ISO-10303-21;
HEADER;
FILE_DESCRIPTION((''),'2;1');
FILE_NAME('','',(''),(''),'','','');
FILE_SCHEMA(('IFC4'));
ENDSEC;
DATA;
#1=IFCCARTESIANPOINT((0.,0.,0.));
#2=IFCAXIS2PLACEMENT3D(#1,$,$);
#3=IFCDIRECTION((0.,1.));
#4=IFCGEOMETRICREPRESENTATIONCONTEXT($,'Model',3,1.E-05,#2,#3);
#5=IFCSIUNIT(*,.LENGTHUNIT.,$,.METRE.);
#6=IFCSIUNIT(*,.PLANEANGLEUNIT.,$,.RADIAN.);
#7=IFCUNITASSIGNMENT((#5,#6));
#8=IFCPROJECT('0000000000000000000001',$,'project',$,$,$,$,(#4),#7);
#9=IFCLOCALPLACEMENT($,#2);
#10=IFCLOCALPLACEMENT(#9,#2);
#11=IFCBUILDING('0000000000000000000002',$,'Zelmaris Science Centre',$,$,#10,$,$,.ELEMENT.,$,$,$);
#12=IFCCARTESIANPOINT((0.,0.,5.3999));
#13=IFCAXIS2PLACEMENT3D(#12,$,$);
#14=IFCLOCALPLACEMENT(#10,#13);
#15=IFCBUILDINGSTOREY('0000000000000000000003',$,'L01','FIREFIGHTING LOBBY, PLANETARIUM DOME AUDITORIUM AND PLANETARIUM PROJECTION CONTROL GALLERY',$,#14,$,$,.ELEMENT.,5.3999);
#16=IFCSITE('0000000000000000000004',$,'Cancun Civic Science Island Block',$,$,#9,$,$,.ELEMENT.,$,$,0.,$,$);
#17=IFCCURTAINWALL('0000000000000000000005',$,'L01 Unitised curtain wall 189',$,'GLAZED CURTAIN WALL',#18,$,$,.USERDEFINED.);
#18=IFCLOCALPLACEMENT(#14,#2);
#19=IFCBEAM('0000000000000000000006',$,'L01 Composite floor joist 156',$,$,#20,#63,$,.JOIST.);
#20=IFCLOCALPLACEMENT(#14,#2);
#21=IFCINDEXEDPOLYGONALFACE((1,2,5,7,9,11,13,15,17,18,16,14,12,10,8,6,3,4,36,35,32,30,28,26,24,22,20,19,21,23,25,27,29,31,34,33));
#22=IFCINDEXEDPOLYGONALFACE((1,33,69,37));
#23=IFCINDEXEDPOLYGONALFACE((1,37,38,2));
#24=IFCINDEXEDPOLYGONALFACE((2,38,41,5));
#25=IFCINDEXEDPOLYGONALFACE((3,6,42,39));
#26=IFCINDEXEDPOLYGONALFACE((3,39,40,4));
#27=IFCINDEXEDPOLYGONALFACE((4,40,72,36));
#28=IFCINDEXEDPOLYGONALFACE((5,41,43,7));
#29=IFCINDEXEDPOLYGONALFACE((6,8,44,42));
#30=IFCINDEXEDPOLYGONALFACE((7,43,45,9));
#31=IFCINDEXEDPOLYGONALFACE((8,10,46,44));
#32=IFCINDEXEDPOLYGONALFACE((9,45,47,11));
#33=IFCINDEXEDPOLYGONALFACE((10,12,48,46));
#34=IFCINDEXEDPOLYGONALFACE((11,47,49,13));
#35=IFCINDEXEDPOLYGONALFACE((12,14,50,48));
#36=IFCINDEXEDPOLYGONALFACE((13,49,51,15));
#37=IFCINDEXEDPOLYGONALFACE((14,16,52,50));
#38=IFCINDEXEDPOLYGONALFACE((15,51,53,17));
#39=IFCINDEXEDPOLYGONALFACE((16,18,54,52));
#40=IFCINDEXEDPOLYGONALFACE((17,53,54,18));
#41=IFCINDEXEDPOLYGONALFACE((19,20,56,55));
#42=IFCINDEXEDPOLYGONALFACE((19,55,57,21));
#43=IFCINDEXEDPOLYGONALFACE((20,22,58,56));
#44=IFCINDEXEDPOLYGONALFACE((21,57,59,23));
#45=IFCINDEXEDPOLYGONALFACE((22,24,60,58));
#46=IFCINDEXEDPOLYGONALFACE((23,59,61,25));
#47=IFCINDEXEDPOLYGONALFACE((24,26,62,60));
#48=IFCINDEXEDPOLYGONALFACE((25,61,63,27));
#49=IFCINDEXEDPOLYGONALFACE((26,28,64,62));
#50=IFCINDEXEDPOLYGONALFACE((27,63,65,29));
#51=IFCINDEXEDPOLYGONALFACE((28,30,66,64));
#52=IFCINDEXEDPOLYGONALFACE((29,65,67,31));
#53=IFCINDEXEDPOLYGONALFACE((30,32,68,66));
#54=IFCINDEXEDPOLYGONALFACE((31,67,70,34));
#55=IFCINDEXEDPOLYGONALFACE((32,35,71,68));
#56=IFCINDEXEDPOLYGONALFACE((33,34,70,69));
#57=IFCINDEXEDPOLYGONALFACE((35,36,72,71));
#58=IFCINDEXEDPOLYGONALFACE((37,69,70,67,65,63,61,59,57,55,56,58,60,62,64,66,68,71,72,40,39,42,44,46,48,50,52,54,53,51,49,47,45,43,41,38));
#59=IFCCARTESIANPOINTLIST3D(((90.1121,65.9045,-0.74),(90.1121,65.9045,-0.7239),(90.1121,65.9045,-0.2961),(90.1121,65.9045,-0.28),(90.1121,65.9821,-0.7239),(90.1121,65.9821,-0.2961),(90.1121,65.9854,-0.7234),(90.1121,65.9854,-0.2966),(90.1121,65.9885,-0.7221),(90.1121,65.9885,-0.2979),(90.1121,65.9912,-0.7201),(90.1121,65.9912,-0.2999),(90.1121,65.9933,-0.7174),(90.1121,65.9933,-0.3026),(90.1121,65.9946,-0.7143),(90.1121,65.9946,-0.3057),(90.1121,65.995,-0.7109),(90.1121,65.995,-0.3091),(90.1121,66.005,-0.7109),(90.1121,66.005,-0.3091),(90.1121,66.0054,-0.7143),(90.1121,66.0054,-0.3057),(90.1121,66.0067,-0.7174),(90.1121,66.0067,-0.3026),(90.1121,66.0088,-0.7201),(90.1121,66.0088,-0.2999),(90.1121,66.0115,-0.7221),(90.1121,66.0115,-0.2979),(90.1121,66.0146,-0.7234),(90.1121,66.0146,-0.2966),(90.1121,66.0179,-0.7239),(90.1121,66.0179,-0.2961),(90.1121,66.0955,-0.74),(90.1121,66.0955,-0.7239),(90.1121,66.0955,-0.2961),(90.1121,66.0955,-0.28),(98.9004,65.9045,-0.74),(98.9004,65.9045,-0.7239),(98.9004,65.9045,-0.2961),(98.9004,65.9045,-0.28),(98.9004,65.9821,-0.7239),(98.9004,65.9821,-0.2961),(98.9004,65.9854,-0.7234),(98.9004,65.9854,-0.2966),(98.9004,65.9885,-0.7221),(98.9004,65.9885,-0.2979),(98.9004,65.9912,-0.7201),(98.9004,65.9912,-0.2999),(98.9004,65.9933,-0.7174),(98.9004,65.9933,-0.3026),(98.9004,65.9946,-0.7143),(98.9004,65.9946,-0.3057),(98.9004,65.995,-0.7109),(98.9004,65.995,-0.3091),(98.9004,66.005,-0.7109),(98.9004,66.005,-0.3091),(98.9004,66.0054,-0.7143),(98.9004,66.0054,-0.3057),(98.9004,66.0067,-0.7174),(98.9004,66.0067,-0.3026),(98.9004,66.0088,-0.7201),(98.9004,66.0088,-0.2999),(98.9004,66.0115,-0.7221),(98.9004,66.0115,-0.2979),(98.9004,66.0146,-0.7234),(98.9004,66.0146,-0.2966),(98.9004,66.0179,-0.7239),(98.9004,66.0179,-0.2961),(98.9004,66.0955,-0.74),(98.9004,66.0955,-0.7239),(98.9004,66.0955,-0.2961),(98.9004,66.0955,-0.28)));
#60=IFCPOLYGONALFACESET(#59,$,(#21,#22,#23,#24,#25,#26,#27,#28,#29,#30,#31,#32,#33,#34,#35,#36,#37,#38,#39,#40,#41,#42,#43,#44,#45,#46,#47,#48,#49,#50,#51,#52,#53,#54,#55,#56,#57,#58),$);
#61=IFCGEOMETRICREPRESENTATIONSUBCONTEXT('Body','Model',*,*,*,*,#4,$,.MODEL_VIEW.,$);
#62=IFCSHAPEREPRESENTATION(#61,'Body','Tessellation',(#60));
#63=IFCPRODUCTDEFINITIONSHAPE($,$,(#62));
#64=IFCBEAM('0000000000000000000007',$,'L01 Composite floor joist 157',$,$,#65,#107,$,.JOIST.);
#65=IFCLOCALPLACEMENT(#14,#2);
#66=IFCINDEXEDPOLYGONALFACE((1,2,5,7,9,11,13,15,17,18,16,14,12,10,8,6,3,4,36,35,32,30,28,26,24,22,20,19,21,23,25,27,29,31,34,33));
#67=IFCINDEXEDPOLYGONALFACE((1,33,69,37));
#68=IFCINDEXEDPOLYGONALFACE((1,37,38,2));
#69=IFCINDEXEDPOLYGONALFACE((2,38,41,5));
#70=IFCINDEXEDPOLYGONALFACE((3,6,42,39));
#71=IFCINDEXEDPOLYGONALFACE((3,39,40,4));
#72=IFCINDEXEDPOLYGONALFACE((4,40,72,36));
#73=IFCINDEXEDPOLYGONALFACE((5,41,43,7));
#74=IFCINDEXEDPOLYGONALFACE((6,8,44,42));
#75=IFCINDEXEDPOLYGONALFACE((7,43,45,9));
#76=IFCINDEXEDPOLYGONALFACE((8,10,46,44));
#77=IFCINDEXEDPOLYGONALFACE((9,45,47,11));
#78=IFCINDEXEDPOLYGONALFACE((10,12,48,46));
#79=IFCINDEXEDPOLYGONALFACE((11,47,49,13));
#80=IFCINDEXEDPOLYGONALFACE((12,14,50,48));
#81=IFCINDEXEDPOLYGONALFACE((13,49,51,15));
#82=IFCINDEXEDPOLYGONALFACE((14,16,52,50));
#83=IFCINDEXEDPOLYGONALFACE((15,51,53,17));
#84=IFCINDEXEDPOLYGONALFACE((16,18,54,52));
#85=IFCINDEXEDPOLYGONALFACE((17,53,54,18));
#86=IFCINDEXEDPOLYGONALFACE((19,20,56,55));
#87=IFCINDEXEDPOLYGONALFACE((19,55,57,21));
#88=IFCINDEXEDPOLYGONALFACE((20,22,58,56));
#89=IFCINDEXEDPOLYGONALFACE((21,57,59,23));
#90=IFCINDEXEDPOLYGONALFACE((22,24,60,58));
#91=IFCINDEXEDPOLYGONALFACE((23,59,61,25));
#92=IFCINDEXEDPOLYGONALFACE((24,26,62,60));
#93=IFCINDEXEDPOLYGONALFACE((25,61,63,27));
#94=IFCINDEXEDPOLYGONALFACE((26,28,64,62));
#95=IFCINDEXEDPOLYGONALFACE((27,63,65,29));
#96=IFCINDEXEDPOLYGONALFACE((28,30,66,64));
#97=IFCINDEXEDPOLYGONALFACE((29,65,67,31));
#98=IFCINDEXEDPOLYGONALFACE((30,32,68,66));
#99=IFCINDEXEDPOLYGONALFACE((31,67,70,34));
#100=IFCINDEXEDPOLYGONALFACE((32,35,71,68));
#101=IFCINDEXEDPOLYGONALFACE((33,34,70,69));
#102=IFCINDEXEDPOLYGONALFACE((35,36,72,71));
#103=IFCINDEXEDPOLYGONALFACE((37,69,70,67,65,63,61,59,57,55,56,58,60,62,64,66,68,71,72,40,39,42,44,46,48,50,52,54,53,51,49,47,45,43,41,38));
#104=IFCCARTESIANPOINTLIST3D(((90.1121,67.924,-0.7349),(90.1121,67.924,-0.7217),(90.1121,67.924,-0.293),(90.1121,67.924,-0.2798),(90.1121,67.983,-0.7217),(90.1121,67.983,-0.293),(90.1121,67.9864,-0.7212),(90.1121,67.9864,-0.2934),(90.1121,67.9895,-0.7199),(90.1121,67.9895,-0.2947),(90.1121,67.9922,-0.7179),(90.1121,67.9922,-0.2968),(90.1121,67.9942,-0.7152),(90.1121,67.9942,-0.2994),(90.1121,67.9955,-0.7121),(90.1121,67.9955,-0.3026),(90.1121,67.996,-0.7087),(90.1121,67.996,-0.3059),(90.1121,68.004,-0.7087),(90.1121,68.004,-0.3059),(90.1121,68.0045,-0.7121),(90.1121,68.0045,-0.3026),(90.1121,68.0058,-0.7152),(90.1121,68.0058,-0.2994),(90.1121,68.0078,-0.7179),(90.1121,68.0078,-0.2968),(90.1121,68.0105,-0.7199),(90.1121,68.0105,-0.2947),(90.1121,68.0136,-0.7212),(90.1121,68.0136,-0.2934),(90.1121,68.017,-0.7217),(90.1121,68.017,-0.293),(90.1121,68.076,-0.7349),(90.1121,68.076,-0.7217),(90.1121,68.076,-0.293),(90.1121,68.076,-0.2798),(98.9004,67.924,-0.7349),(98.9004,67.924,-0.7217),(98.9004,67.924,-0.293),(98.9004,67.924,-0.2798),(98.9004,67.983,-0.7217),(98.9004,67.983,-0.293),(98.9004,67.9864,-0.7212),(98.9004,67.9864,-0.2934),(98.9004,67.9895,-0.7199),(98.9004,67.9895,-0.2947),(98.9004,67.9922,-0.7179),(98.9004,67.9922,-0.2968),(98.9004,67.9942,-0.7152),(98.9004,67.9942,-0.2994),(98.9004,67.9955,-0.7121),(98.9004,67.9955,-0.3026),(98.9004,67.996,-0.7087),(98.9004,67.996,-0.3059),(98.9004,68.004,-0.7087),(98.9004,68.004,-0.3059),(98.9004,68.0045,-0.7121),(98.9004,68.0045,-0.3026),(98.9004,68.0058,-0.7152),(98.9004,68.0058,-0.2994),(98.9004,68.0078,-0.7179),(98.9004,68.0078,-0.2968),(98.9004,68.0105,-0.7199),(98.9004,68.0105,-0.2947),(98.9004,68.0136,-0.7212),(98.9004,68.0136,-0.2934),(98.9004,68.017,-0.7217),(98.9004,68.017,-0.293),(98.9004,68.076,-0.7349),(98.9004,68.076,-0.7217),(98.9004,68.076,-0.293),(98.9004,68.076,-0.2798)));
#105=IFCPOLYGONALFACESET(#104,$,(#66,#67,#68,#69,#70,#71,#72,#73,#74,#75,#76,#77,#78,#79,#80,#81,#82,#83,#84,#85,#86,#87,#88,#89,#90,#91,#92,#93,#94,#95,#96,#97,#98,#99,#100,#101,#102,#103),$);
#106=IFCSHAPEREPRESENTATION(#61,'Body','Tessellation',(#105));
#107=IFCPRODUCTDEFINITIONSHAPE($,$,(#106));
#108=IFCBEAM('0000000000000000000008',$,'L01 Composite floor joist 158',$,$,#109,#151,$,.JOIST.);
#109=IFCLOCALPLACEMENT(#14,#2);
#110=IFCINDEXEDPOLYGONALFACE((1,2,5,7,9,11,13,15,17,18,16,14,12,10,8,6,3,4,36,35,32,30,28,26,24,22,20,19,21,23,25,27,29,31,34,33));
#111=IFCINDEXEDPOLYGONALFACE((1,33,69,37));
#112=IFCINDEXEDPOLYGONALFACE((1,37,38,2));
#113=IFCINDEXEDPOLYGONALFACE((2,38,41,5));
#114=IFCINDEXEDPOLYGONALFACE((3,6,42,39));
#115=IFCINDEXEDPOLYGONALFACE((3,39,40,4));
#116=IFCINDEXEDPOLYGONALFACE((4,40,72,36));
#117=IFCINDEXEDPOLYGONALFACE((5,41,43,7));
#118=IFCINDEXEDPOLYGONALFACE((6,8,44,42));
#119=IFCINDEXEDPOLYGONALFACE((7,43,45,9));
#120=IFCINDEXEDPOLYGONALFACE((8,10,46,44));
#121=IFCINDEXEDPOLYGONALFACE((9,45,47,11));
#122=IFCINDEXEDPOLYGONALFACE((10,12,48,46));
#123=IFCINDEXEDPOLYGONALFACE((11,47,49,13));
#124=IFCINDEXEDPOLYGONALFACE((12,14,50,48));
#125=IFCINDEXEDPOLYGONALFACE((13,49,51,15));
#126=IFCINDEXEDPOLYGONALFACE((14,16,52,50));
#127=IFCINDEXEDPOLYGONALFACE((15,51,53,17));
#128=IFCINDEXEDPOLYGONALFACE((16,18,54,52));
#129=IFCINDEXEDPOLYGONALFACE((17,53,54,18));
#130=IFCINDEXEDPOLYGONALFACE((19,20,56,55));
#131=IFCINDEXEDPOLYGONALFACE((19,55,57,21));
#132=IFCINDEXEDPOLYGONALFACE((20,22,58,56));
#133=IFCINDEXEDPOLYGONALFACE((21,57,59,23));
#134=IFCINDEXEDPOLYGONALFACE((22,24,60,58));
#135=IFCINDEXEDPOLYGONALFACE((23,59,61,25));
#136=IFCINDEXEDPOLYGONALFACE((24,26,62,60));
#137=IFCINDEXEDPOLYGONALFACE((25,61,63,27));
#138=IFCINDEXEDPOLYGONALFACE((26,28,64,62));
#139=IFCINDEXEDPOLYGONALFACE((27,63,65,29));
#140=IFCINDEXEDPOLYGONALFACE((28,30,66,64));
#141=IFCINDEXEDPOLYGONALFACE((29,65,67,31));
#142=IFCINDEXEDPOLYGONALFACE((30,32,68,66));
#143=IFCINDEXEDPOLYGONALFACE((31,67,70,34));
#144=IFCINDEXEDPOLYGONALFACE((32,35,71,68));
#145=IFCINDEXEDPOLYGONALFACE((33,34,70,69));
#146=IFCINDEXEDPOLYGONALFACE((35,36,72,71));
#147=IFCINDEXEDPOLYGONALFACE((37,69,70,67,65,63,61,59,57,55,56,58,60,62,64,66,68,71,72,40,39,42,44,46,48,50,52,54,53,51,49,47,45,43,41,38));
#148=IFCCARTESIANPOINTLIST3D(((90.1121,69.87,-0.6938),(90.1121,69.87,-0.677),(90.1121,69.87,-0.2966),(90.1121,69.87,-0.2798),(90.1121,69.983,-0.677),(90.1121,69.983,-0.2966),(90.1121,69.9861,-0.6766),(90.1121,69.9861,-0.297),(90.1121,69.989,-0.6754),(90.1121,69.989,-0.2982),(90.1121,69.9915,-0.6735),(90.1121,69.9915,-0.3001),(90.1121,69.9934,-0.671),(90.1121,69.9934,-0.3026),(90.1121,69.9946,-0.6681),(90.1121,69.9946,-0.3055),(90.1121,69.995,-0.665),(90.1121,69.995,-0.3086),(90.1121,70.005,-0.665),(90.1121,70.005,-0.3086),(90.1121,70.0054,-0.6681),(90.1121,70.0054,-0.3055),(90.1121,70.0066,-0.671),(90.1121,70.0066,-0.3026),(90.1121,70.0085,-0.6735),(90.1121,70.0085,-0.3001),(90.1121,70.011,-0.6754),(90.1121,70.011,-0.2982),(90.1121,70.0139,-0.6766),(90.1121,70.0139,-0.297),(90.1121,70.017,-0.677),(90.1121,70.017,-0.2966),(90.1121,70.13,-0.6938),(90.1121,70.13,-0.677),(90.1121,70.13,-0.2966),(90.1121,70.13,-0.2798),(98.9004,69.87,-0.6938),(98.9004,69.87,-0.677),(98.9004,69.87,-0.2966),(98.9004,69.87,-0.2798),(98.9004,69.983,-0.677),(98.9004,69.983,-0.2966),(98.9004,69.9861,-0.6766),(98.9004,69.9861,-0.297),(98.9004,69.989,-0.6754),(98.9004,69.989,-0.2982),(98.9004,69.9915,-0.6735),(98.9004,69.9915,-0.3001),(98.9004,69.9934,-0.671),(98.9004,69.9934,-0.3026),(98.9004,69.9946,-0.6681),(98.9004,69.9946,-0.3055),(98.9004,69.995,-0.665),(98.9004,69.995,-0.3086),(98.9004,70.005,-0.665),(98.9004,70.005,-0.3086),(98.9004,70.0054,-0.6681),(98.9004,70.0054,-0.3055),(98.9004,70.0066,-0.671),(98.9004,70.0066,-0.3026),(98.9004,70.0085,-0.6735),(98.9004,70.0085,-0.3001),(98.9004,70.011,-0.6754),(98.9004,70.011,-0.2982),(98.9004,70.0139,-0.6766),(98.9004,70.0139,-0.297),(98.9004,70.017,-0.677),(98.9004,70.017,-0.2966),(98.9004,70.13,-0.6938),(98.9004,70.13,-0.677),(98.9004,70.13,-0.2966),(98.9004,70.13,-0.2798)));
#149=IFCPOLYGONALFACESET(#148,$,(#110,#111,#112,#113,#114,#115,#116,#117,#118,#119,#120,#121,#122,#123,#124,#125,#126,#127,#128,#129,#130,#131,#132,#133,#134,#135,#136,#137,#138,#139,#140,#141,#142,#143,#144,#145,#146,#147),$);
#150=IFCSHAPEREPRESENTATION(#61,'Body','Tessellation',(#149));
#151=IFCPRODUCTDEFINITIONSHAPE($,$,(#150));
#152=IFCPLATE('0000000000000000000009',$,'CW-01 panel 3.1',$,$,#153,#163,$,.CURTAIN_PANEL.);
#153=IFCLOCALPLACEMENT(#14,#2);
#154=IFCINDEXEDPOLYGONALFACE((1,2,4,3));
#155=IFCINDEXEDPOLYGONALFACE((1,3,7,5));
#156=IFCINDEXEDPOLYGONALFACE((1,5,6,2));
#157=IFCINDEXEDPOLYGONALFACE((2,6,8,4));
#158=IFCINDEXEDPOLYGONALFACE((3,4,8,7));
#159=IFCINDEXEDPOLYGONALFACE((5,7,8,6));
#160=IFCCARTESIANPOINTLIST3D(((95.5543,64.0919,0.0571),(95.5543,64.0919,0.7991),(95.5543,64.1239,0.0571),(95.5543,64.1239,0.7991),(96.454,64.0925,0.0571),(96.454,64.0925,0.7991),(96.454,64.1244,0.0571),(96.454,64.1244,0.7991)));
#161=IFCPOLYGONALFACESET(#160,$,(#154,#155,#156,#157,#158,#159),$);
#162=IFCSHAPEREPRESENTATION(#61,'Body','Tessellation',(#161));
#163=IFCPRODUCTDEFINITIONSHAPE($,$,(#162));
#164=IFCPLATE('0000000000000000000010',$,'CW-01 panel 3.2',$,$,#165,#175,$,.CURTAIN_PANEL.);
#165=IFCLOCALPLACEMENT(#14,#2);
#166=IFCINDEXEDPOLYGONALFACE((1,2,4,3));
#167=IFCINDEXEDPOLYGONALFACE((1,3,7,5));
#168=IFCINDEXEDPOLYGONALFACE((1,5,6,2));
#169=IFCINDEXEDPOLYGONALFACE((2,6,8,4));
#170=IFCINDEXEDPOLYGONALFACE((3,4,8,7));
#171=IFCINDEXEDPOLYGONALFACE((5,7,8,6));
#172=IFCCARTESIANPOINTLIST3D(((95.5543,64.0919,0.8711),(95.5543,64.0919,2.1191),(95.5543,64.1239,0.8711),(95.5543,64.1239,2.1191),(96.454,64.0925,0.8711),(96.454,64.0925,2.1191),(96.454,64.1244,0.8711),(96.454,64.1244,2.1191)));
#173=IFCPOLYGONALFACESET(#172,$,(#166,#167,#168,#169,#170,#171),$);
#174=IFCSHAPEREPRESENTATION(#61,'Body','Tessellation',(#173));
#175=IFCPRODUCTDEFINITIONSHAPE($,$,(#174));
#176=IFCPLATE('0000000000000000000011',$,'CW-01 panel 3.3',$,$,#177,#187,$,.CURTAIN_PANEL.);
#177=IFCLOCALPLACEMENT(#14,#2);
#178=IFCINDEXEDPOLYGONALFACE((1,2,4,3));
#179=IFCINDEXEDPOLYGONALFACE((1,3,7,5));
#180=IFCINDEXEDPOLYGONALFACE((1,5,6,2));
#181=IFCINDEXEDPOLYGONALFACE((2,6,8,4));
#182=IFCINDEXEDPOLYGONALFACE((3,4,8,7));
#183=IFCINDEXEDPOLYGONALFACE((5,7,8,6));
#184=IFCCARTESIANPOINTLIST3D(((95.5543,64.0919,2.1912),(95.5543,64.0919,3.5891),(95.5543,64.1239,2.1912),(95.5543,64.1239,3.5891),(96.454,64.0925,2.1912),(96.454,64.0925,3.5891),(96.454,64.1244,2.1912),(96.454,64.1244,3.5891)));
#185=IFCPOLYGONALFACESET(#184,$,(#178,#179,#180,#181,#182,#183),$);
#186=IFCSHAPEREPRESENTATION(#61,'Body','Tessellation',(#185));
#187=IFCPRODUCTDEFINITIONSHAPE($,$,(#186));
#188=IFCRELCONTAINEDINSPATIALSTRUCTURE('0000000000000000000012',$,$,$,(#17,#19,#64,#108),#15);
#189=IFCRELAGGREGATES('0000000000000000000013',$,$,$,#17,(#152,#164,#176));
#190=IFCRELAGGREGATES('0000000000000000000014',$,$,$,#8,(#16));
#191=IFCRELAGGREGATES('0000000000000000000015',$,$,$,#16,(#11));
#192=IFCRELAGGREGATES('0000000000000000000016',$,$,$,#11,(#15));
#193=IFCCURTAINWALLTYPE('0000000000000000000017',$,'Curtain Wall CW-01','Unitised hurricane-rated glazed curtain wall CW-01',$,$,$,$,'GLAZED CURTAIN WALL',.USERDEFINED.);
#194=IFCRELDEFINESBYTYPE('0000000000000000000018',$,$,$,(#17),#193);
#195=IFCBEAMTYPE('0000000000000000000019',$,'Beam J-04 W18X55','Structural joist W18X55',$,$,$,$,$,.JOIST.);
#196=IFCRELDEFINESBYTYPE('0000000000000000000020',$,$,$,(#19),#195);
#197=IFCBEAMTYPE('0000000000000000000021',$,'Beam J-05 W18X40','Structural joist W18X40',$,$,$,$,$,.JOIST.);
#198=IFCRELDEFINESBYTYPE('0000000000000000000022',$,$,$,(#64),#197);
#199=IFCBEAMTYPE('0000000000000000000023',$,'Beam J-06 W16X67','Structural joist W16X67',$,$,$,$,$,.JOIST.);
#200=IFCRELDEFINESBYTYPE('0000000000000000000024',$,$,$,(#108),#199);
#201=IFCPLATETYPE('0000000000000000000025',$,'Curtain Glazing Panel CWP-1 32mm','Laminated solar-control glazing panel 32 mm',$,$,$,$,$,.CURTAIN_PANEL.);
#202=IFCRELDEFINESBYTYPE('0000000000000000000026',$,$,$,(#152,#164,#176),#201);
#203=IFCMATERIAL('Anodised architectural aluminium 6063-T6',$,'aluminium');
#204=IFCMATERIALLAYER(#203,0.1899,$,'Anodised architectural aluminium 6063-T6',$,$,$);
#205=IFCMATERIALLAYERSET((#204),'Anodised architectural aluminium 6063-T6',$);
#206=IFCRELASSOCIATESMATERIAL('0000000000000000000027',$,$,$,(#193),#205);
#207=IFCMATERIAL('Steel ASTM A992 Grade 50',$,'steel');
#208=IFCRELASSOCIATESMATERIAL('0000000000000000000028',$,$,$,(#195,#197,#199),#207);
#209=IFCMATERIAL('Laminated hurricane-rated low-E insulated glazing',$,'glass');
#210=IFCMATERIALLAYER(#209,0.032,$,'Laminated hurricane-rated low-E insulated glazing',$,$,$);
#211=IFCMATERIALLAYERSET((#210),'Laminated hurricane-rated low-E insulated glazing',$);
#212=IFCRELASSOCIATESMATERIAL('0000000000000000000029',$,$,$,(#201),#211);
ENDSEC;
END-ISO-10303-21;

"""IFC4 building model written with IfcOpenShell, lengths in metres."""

from ifc_helpers import new_model, si_unit, direction, frame, origin, origin_2d, place, context, subcontext, project, spatial, rectangle, i_section, extrude, material, layer, layer_set, material_profile, profile_set, type_object, element, aggregate, save


model = new_model("IFC4")

# Units and contexts
model_context = context("Model", 3, precision=1e-05, world=origin(), true_north=direction((0.0, 1.0)))
body_context = subcontext(model_context, "Body", "Model", "MODEL_VIEW")
ifc_project = project(units=[si_unit("LENGTHUNIT", "METRE"), si_unit("PLANEANGLEUNIT", "RADIAN")], contexts=[model_context])

# Site, building, storey
site_placement = place(None, origin())
site = spatial("IfcSite", under=ifc_project, at=site_placement, Name="Cancun Civic Science Island Block", CompositionType="ELEMENT", RefElevation=0.0)
building_placement = place(site_placement, origin())
building = spatial("IfcBuilding", under=site, at=building_placement, Name="Zelmaris Science Centre", CompositionType="ELEMENT")
storey_placement = place(building_placement, frame((0.0, 0.0, 5.3999)))
storey = spatial("IfcBuildingStorey", under=building, at=storey_placement, Name="L01", Description="FIREFIGHTING LOBBY, PLANETARIUM DOME AUDITORIUM AND PLANETARIUM PROJECTION CONTROL GALLERY", CompositionType="ELEMENT", Elevation=5.3999)

# Curtain wall
ifc_material_1 = material(Name="Anodised architectural aluminium 6063-T6", Category="aluminium")
ifc_layer_1 = layer(ifc_material_1, 0.1899, Name="Anodised architectural aluminium 6063-T6")
ifc_layer_set_1 = layer_set([ifc_layer_1], Name="Anodised architectural aluminium 6063-T6")
curtain_wall_type = type_object("IfcCurtainWallType", Name="Curtain Wall CW-01", Description="Unitised hurricane-rated glazed curtain wall CW-01", ElementType="GLAZED CURTAIN WALL", PredefinedType="USERDEFINED", material=ifc_layer_set_1)
curtain_wall_placement = place(storey_placement, origin())
curtain_wall = element("IfcCurtainWall", 1, at=curtain_wall_placement, inside=storey, type_object=curtain_wall_type, Name="L01 Unitised curtain wall 189", ObjectType="GLAZED CURTAIN WALL", PredefinedType="USERDEFINED")

# Beams
ifc_material_2 = material(Name="Steel ASTM A992 Grade 50", Category="steel")
ifc_material_profile_1 = material_profile(ifc_material_2, i_section(OverallWidth=0.1909, OverallDepth=0.46, WebThickness=0.01, FlangeThickness=0.0161, FilletRadius=0.0129, at=origin_2d()), Name="W18X55")
ifc_profile_set_1 = profile_set([ifc_material_profile_1], Name="Steel ASTM A992 Grade 50")
beam_type_1 = type_object("IfcBeamType", Name="Beam J-04 W18X55", Description="Structural joist W18X55", PredefinedType="JOIST", material=ifc_profile_set_1)
beam_1_placement = place(storey_placement, frame((90.1121, 66.0, -0.51), z_axis=(1.0, 0.0, 0.0), x_axis=(0.0, 1.0, 0.0)))
element("IfcBeam", 2, at=beam_1_placement, inside=storey, type_object=beam_type_1, Name="L01 Composite floor joist 156", PredefinedType="JOIST", context=body_context, shape_type="SweptSolid", body=[
    extrude(i_section(OverallWidth=0.1909, OverallDepth=0.46, WebThickness=0.01, FlangeThickness=0.0161, FilletRadius=0.0129, at=origin_2d()), origin(), (0.0, 0.0, 1.0), 8.7883),
])
ifc_material_profile_2 = material_profile(ifc_material_2, i_section(OverallWidth=0.1521, OverallDepth=0.4551, WebThickness=0.0081, FlangeThickness=0.0132, FilletRadius=0.0129, at=origin_2d()), Name="W18X40")
ifc_profile_set_2 = profile_set([ifc_material_profile_2], Name="Steel ASTM A992 Grade 50")
beam_type_2 = type_object("IfcBeamType", Name="Beam J-05 W18X40", Description="Structural joist W18X40", PredefinedType="JOIST", material=ifc_profile_set_2)
beam_2_placement = place(storey_placement, frame((90.1121, 68.0, -0.5073), z_axis=(1.0, 0.0, 0.0), x_axis=(0.0, 1.0, 0.0)))
element("IfcBeam", 3, at=beam_2_placement, inside=storey, type_object=beam_type_2, Name="L01 Composite floor joist 157", PredefinedType="JOIST", context=body_context, shape_type="SweptSolid", body=[
    extrude(i_section(OverallWidth=0.1521, OverallDepth=0.4551, WebThickness=0.0081, FlangeThickness=0.0132, FilletRadius=0.0129, at=origin_2d()), origin(), (0.0, 0.0, 1.0), 8.7883),
])
ifc_material_profile_3 = material_profile(ifc_material_2, i_section(OverallWidth=0.26, OverallDepth=0.4141, WebThickness=0.01, FlangeThickness=0.0168, FilletRadius=0.012, at=origin_2d()), Name="W16X67")
ifc_profile_set_3 = profile_set([ifc_material_profile_3], Name="Steel ASTM A992 Grade 50")
beam_type_3 = type_object("IfcBeamType", Name="Beam J-06 W16X67", Description="Structural joist W16X67", PredefinedType="JOIST", material=ifc_profile_set_3)
beam_3_placement = place(storey_placement, frame((90.1121, 70.0, -0.4868), z_axis=(1.0, 0.0, 0.0), x_axis=(0.0, 1.0, 0.0)))
element("IfcBeam", 4, at=beam_3_placement, inside=storey, type_object=beam_type_3, Name="L01 Composite floor joist 158", PredefinedType="JOIST", context=body_context, shape_type="SweptSolid", body=[
    extrude(i_section(OverallWidth=0.26, OverallDepth=0.4141, WebThickness=0.01, FlangeThickness=0.0168, FilletRadius=0.012, at=origin_2d()), origin(), (0.0, 0.0, 1.0), 8.7883),
])

# Plates
ifc_material_3 = material(Name="Laminated hurricane-rated low-E insulated glazing", Category="glass")
ifc_layer_2 = layer(ifc_material_3, 0.032, Name="Laminated hurricane-rated low-E insulated glazing")
ifc_layer_set_2 = layer_set([ifc_layer_2], Name="Laminated hurricane-rated low-E insulated glazing")
plate_type = type_object("IfcPlateType", Name="Curtain Glazing Panel CWP-1 32mm", Description="Laminated solar-control glazing panel 32 mm", PredefinedType="CURTAIN_PANEL", material=ifc_layer_set_2)
plate_1_placement = place(storey_placement, frame((96.0042, 64.1082, 0.0571), z_axis=(0.0, 0.0, 1.0), x_axis=(-1.0, -0.000643, 0.0)))
plate_1 = element("IfcPlate", 5, at=plate_1_placement, type_object=plate_type, Name="CW-01 panel 3.1", PredefinedType="CURTAIN_PANEL", context=body_context, shape_type="SweptSolid", body=[
    extrude(rectangle(XDim=0.8997, YDim=0.032, at=origin_2d()), origin(), (0.0, 0.0, 1.0), 0.7419),
])
plate_2_placement = place(storey_placement, frame((96.0042, 64.1082, 0.8711), z_axis=(0.0, 0.0, 1.0), x_axis=(-1.0, -0.000643, 0.0)))
plate_2 = element("IfcPlate", 6, at=plate_2_placement, type_object=plate_type, Name="CW-01 panel 3.2", PredefinedType="CURTAIN_PANEL", context=body_context, shape_type="SweptSolid", body=[
    extrude(rectangle(XDim=0.8997, YDim=0.032, at=origin_2d()), origin(), (0.0, 0.0, 1.0), 1.248),
])
plate_3_placement = place(storey_placement, frame((96.0042, 64.1082, 2.1912), z_axis=(0.0, 0.0, 1.0), x_axis=(-1.0, -0.000643, 0.0)))
plate_3 = element("IfcPlate", 7, at=plate_3_placement, type_object=plate_type, Name="CW-01 panel 3.3", PredefinedType="CURTAIN_PANEL", context=body_context, shape_type="SweptSolid", body=[
    extrude(rectangle(XDim=0.8997, YDim=0.032, at=origin_2d()), origin(), (0.0, 0.0, 1.0), 1.3979),
])
aggregate(curtain_wall, [plate_1, plate_2, plate_3])

save(model, "model.ifc")
